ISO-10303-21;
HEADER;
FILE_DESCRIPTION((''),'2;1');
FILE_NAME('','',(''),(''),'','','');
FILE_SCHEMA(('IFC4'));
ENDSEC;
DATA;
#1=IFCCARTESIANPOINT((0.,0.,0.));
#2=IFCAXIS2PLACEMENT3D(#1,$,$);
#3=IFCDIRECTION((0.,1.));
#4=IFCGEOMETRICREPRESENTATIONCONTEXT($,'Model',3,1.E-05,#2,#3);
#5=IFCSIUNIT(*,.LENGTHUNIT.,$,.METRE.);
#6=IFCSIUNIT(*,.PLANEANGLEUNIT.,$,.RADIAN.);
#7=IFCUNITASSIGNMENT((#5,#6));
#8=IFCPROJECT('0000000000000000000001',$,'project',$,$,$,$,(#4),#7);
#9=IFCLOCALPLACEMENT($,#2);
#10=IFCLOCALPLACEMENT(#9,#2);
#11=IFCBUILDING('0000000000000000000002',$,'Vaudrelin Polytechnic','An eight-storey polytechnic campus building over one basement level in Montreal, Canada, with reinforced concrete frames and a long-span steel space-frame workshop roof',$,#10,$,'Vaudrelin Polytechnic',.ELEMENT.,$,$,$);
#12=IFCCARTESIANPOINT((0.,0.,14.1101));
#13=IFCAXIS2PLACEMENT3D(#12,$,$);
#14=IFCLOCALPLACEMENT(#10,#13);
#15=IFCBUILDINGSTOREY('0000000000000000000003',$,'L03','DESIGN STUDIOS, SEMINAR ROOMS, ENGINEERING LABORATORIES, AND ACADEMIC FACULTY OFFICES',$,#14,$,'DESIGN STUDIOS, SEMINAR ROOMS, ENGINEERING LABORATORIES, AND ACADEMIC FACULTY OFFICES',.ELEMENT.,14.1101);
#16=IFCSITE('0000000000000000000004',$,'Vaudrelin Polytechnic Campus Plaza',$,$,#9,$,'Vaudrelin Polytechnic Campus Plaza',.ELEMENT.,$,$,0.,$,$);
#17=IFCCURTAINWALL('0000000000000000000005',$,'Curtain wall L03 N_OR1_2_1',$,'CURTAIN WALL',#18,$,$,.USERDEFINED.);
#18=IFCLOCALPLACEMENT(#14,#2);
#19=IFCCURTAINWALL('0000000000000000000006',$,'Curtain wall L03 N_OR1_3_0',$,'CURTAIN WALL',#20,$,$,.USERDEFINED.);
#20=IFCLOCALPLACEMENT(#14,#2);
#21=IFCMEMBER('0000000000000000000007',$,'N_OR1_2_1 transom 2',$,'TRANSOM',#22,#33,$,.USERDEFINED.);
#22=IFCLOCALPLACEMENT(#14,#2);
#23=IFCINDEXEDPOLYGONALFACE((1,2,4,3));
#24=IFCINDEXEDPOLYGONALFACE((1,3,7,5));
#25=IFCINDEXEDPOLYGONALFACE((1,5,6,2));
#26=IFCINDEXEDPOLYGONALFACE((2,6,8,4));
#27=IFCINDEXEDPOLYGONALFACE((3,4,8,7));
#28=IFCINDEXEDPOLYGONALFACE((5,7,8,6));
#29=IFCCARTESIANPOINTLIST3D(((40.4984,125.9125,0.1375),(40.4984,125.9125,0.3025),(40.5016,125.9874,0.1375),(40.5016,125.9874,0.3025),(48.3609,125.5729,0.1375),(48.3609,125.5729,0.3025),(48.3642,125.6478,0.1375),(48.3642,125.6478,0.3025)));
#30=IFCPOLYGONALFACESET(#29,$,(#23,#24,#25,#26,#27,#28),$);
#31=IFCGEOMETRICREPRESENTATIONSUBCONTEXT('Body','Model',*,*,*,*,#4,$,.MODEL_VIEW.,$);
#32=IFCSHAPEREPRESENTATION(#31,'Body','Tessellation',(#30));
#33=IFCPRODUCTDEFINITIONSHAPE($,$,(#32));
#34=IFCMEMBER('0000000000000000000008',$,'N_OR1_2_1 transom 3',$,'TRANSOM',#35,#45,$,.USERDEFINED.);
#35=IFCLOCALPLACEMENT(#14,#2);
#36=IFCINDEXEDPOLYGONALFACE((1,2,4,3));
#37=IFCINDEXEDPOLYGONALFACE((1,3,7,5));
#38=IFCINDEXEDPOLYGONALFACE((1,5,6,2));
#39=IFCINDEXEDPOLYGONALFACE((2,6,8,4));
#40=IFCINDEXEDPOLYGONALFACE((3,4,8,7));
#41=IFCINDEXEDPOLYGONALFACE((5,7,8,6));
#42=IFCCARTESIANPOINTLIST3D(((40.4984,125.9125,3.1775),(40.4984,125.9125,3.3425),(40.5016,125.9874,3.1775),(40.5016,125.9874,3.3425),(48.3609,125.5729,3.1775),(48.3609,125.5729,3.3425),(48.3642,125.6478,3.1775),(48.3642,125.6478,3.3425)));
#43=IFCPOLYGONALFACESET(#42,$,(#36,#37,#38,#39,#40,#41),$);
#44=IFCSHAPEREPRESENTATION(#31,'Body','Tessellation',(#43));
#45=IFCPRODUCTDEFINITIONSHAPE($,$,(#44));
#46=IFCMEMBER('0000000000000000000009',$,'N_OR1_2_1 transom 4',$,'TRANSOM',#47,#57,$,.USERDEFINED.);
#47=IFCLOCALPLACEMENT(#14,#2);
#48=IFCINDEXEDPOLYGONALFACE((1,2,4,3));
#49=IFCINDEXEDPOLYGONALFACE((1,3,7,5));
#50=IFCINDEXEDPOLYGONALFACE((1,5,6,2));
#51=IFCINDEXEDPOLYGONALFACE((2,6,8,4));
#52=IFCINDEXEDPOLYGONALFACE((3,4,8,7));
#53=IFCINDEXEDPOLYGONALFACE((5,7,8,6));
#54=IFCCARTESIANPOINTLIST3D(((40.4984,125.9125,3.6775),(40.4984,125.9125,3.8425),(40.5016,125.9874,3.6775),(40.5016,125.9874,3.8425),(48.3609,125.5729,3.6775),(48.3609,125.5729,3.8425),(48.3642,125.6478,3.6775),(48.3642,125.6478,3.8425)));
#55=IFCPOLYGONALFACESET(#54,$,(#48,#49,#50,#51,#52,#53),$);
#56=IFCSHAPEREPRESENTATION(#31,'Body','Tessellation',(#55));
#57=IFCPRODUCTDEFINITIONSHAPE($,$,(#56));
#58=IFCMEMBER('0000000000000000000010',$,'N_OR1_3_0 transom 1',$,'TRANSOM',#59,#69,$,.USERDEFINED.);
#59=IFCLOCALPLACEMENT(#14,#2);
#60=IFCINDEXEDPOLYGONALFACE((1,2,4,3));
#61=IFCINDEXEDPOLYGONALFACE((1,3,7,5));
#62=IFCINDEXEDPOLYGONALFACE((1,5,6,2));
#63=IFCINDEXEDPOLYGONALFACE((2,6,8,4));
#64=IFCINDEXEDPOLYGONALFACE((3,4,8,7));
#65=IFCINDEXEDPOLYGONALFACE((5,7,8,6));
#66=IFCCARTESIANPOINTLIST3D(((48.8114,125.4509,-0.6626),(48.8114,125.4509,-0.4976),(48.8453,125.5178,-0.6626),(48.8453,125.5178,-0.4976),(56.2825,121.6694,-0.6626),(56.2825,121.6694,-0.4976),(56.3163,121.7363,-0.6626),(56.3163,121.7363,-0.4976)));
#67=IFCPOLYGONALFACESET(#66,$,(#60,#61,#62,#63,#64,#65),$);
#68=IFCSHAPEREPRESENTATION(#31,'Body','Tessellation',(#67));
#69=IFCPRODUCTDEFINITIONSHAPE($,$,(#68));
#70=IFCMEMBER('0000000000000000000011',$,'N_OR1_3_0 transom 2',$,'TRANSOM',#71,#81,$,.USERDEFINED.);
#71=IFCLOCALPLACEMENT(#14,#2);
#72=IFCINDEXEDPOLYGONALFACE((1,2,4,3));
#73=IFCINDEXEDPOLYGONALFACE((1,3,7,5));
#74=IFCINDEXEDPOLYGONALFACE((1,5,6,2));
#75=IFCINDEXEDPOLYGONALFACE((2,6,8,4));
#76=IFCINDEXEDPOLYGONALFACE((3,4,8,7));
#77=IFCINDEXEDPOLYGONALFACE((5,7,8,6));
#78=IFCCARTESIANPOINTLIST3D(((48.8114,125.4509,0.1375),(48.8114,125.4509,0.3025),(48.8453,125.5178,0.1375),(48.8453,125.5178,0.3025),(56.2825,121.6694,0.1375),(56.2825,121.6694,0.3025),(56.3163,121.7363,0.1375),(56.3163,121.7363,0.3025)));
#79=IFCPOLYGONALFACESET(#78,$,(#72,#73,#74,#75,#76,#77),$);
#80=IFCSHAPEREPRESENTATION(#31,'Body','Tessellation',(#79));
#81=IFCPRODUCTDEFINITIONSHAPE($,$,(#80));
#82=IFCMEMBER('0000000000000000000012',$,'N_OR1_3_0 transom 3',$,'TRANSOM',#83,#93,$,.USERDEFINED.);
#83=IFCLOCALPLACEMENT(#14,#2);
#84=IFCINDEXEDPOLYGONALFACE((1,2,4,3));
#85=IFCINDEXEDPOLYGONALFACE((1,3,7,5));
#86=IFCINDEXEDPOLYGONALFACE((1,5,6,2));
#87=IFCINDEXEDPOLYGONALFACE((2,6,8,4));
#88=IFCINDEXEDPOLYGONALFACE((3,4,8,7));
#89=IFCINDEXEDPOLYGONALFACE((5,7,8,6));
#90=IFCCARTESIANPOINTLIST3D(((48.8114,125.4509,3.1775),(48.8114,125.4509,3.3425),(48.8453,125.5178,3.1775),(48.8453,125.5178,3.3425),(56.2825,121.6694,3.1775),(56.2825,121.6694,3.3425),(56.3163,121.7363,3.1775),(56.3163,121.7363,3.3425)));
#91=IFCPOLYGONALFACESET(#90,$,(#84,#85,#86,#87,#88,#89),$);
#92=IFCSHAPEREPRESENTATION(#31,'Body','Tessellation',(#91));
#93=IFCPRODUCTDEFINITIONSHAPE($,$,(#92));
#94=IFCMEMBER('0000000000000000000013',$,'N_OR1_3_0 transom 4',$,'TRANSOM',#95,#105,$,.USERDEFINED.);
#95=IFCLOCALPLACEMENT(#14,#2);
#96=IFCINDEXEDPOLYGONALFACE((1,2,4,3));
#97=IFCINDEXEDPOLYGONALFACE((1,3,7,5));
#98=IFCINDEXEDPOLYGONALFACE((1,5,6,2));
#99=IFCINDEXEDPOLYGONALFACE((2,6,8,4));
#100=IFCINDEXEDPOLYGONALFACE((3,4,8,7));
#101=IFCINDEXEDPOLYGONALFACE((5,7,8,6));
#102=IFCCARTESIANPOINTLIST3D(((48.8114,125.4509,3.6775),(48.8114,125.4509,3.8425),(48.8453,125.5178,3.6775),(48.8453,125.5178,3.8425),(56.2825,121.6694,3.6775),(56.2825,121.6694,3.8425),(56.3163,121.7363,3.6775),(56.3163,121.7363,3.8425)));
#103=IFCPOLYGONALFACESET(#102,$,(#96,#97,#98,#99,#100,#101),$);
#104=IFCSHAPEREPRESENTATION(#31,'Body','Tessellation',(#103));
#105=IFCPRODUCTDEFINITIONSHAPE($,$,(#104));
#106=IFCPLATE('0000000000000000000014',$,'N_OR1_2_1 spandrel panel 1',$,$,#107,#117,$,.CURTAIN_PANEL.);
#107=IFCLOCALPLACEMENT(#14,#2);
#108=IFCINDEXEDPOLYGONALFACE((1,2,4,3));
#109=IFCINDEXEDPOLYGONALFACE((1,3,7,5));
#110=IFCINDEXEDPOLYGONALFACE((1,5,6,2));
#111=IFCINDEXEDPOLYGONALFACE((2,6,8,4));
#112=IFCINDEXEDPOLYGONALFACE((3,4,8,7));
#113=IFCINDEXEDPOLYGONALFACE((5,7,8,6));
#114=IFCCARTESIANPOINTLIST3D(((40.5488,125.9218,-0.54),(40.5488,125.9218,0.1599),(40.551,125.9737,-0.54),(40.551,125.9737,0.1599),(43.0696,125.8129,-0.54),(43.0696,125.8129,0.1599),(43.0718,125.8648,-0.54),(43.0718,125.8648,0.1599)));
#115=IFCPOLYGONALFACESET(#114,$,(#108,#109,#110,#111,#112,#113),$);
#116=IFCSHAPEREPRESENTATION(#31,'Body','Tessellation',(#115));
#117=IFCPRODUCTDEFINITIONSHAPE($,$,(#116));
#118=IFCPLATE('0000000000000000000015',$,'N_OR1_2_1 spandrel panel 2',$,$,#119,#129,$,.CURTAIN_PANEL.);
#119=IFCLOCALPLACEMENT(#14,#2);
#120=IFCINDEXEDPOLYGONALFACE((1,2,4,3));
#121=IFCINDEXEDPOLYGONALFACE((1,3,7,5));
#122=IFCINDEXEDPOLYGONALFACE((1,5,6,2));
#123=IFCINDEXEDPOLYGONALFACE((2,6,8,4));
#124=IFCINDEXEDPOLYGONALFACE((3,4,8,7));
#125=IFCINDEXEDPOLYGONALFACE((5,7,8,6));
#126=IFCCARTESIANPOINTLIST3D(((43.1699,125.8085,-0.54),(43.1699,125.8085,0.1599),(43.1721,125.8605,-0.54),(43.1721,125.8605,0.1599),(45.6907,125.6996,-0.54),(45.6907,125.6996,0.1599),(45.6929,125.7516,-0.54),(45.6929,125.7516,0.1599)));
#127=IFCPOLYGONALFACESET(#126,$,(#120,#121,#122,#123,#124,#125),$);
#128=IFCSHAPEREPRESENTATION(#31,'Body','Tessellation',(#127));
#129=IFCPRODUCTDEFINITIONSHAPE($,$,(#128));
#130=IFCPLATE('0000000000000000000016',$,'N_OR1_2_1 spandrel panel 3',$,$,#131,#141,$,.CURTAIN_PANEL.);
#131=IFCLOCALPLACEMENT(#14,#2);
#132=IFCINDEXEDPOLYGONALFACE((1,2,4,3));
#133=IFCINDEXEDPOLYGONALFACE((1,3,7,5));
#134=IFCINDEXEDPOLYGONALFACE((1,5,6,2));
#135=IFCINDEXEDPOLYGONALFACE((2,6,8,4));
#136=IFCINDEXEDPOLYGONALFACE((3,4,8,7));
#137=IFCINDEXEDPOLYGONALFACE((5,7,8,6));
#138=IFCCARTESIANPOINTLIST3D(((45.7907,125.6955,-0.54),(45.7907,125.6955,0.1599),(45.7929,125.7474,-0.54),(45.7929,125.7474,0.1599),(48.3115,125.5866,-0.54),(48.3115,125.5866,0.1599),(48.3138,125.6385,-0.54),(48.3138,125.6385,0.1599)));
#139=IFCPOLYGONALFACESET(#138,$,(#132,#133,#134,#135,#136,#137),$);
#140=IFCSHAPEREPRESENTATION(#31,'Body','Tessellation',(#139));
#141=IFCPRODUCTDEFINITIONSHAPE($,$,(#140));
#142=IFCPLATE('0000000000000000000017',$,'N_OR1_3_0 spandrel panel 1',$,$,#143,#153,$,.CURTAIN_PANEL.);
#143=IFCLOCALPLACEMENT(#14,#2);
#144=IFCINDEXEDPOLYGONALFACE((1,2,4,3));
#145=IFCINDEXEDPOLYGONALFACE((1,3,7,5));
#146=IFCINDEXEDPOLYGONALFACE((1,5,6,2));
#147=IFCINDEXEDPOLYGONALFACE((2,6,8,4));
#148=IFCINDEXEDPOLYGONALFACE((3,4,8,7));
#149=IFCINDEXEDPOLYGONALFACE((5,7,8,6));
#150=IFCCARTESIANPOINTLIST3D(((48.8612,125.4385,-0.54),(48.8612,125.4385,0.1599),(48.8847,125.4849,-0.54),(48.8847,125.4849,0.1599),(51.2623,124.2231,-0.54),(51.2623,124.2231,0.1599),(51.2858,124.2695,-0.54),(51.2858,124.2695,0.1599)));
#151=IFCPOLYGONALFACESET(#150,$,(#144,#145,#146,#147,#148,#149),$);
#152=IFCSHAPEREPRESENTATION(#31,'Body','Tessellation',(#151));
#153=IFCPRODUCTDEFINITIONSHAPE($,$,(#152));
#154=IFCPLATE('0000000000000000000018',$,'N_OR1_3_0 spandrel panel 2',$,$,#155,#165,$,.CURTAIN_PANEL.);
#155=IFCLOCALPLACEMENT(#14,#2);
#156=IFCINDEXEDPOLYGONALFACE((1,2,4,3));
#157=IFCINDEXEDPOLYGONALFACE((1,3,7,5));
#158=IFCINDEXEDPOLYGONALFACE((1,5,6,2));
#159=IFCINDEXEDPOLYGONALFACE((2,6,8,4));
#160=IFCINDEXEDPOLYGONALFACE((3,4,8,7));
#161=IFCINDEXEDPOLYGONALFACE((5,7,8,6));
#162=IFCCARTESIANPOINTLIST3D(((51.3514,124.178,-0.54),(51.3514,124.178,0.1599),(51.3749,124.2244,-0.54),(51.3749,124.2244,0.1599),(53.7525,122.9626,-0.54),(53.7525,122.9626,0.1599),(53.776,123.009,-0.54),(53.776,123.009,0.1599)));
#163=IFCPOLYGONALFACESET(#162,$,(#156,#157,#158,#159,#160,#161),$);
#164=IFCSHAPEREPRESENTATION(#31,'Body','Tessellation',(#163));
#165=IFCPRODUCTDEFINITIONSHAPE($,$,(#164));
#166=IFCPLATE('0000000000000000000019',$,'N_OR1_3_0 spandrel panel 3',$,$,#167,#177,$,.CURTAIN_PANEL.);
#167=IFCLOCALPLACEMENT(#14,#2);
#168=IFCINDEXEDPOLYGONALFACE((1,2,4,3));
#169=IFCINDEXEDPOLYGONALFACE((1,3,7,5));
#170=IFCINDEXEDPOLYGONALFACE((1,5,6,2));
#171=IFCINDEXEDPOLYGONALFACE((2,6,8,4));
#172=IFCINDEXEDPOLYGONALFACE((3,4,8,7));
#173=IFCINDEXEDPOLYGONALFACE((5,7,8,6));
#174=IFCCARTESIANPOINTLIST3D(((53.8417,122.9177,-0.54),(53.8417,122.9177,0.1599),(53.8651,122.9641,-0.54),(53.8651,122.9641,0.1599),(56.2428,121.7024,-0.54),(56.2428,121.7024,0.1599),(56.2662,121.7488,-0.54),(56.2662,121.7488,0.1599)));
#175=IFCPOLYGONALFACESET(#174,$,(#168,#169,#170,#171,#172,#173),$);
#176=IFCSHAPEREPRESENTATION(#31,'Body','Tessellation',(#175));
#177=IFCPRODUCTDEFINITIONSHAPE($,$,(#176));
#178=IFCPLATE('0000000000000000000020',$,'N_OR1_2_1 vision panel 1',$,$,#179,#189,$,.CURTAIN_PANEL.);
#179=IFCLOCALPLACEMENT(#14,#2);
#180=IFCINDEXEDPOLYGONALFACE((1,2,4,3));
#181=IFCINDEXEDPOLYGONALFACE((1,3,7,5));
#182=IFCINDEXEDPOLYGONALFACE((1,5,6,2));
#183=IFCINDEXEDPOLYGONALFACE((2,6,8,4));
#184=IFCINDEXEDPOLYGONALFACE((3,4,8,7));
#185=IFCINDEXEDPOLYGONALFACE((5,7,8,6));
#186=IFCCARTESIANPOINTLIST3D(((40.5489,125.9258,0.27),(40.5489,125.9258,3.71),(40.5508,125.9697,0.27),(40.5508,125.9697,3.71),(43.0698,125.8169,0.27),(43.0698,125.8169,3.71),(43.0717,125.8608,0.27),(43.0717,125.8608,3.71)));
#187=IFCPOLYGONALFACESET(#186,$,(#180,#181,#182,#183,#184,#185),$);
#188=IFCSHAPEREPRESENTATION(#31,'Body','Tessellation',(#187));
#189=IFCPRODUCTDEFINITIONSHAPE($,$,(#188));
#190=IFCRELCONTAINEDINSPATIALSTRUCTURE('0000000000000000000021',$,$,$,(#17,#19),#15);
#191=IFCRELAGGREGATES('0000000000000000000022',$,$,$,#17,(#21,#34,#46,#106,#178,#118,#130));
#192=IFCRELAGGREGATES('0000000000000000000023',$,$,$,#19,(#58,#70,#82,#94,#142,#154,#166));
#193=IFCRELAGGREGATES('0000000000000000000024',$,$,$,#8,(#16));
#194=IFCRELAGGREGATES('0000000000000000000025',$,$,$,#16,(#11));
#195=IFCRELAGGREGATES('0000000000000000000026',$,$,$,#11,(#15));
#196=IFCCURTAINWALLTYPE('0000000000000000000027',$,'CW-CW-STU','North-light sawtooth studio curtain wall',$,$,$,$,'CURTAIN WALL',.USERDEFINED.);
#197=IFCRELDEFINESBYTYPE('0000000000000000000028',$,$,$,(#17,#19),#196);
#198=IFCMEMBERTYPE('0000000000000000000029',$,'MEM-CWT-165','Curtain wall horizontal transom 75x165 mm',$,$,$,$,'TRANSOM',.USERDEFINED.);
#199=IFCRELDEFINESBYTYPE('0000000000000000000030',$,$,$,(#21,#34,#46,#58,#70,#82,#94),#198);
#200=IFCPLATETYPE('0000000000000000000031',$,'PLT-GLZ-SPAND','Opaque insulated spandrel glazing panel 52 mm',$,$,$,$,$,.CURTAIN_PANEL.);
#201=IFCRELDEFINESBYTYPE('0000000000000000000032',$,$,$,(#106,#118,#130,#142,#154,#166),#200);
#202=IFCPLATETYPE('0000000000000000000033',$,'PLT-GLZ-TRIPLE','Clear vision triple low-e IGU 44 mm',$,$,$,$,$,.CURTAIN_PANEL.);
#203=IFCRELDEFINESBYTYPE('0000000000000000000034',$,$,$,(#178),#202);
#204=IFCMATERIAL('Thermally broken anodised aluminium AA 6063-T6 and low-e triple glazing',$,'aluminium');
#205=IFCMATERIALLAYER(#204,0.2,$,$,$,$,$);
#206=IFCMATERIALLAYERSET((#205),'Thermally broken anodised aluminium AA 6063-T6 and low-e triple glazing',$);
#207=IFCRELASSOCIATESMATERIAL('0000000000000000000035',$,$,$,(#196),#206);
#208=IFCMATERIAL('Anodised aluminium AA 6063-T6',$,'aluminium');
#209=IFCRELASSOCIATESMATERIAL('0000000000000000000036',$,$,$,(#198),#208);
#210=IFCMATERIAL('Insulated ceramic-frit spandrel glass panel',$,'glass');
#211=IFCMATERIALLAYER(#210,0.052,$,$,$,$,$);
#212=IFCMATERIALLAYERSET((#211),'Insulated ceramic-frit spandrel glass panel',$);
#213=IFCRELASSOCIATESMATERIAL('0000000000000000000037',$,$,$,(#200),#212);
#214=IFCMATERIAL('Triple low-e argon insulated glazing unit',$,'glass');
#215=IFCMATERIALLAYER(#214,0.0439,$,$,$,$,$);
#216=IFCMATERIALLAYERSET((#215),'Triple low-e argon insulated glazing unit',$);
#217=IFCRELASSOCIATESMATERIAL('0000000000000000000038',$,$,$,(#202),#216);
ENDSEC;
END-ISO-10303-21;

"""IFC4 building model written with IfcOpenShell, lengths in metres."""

from ifc_helpers import new_model, si_unit, direction, frame, origin, origin_2d, place, context, subcontext, project, spatial, rectangle, extrude, material, layer, layer_set, material_profile, profile_set, type_object, element, aggregate, save


model = new_model("IFC4")

# Units and contexts
model_context = context("Model", 3, precision=1e-05, world=origin(), true_north=direction((0.0, 1.0)))
body_context = subcontext(model_context, "Body", "Model", "MODEL_VIEW")
ifc_project = project(units=[si_unit("LENGTHUNIT", "METRE"), si_unit("PLANEANGLEUNIT", "RADIAN")], contexts=[model_context])

# Site, building, storey
site_placement = place(None, origin())
site = spatial("IfcSite", under=ifc_project, at=site_placement, Name="Vaudrelin Polytechnic Campus Plaza", LongName="Vaudrelin Polytechnic Campus Plaza", CompositionType="ELEMENT", RefElevation=0.0)
building_placement = place(site_placement, origin())
building = spatial("IfcBuilding", under=site, at=building_placement, Name="Vaudrelin Polytechnic", Description="An eight-storey polytechnic campus building over one basement level in Montreal, Canada, with reinforced concrete frames and a long-span steel space-frame workshop roof", LongName="Vaudrelin Polytechnic", CompositionType="ELEMENT")
storey_placement = place(building_placement, frame((0.0, 0.0, 14.1101)))
storey = spatial("IfcBuildingStorey", under=building, at=storey_placement, Name="L03", Description="DESIGN STUDIOS, SEMINAR ROOMS, ENGINEERING LABORATORIES, AND ACADEMIC FACULTY OFFICES", LongName="DESIGN STUDIOS, SEMINAR ROOMS, ENGINEERING LABORATORIES, AND ACADEMIC FACULTY OFFICES", CompositionType="ELEMENT", Elevation=14.1101)

# Curtain walls
ifc_material_1 = material(Name="Thermally broken anodised aluminium AA 6063-T6 and low-e triple glazing", Category="aluminium")
ifc_layer_1 = layer(ifc_material_1, 0.2)
ifc_layer_set_1 = layer_set([ifc_layer_1], Name="Thermally broken anodised aluminium AA 6063-T6 and low-e triple glazing")
curtain_wall_type = type_object("IfcCurtainWallType", Name="CW-CW-STU", Description="North-light sawtooth studio curtain wall", ElementType="CURTAIN WALL", PredefinedType="USERDEFINED", material=ifc_layer_set_1)
curtain_wall_1_placement = place(storey_placement, origin())
curtain_wall_1 = element("IfcCurtainWall", 1, at=curtain_wall_1_placement, inside=storey, type_object=curtain_wall_type, Name="Curtain wall L03 N_OR1_2_1", ObjectType="CURTAIN WALL", PredefinedType="USERDEFINED")
ifc_material_2 = material(Name="Anodised aluminium AA 6063-T6", Category="aluminium")
curtain_wall_2_placement = place(storey_placement, origin())
curtain_wall_2 = element("IfcCurtainWall", 2, at=curtain_wall_2_placement, inside=storey, type_object=curtain_wall_type, Name="Curtain wall L03 N_OR1_3_0", ObjectType="CURTAIN WALL", PredefinedType="USERDEFINED")

# Members
ifc_material_profile_1 = material_profile(ifc_material_2, rectangle(XDim=0.075, YDim=0.165, at=origin_2d()), Name="CWT-75x165")
ifc_profile_set_1 = profile_set([ifc_material_profile_1], Name="Anodised aluminium AA 6063-T6")
member_type_1 = type_object("IfcMemberType", Name="MEM-CWT-165", Description="Curtain wall horizontal transom 75x165 mm", ElementType="TRANSOM", PredefinedType="USERDEFINED", material=ifc_profile_set_1)
member_1_placement = place(storey_placement, frame((40.5, 125.95, 0.22), z_axis=(0.999069, -0.043152, 0.0), x_axis=(0.043152, 0.999069, 0.0)))
member_1 = element("IfcMember", 3, at=member_1_placement, type_object=member_type_1, Name="N_OR1_2_1 transom 2", ObjectType="TRANSOM", PredefinedType="USERDEFINED", context=body_context, shape_type="SweptSolid", body=[
    extrude(rectangle(XDim=0.075, YDim=0.165, at=origin_2d()), origin(), (0.0, 0.0, 1.0), 7.8699),
])
member_2_placement = place(storey_placement, frame((40.5, 125.95, 3.26), z_axis=(0.999069, -0.043152, 0.0), x_axis=(0.043152, 0.999069, 0.0)))
member_2 = element("IfcMember", 4, at=member_2_placement, type_object=member_type_1, Name="N_OR1_2_1 transom 3", ObjectType="TRANSOM", PredefinedType="USERDEFINED", context=body_context, shape_type="SweptSolid", body=[
    extrude(rectangle(XDim=0.075, YDim=0.165, at=origin_2d()), origin(), (0.0, 0.0, 1.0), 7.8699),
])
member_3_placement = place(storey_placement, frame((40.5, 125.95, 3.76), z_axis=(0.999069, -0.043152, 0.0), x_axis=(0.043152, 0.999069, 0.0)))
member_3 = element("IfcMember", 5, at=member_3_placement, type_object=member_type_1, Name="N_OR1_2_1 transom 4", ObjectType="TRANSOM", PredefinedType="USERDEFINED", context=body_context, shape_type="SweptSolid", body=[
    extrude(rectangle(XDim=0.075, YDim=0.165, at=origin_2d()), origin(), (0.0, 0.0, 1.0), 7.8699),
])
member_4_placement = place(storey_placement, frame((48.8284, 125.4844, -0.5801), z_axis=(0.892218, -0.451605, 0.0), x_axis=(0.451605, 0.892218, 0.0)))
member_4 = element("IfcMember", 6, at=member_4_placement, type_object=member_type_1, Name="N_OR1_3_0 transom 1", ObjectType="TRANSOM", PredefinedType="USERDEFINED", context=body_context, shape_type="SweptSolid", body=[
    extrude(rectangle(XDim=0.075, YDim=0.165, at=origin_2d()), origin(), (0.0, 0.0, 1.0), 8.3735),
])
member_5_placement = place(storey_placement, frame((48.8284, 125.4844, 0.22), z_axis=(0.892218, -0.451605, 0.0), x_axis=(0.451605, 0.892218, 0.0)))
member_5 = element("IfcMember", 7, at=member_5_placement, type_object=member_type_1, Name="N_OR1_3_0 transom 2", ObjectType="TRANSOM", PredefinedType="USERDEFINED", context=body_context, shape_type="SweptSolid", body=[
    extrude(rectangle(XDim=0.075, YDim=0.165, at=origin_2d()), origin(), (0.0, 0.0, 1.0), 8.3735),
])
member_6_placement = place(storey_placement, frame((48.8284, 125.4844, 3.26), z_axis=(0.892218, -0.451605, 0.0), x_axis=(0.451605, 0.892218, 0.0)))
member_6 = element("IfcMember", 8, at=member_6_placement, type_object=member_type_1, Name="N_OR1_3_0 transom 3", ObjectType="TRANSOM", PredefinedType="USERDEFINED", context=body_context, shape_type="SweptSolid", body=[
    extrude(rectangle(XDim=0.075, YDim=0.165, at=origin_2d()), origin(), (0.0, 0.0, 1.0), 8.3735),
])
member_7_placement = place(storey_placement, frame((48.8284, 125.4844, 3.76), z_axis=(0.892218, -0.451605, 0.0), x_axis=(0.451605, 0.892218, 0.0)))
member_7 = element("IfcMember", 9, at=member_7_placement, type_object=member_type_1, Name="N_OR1_3_0 transom 4", ObjectType="TRANSOM", PredefinedType="USERDEFINED", context=body_context, shape_type="SweptSolid", body=[
    extrude(rectangle(XDim=0.075, YDim=0.165, at=origin_2d()), origin(), (0.0, 0.0, 1.0), 8.3735),
])

# Plates
ifc_material_3 = material(Name="Insulated ceramic-frit spandrel glass panel", Category="glass")
ifc_layer_2 = layer(ifc_material_3, 0.052)
ifc_layer_set_2 = layer_set([ifc_layer_2], Name="Insulated ceramic-frit spandrel glass panel")
plate_type_1 = type_object("IfcPlateType", Name="PLT-GLZ-SPAND", Description="Opaque insulated spandrel glazing panel 52 mm", PredefinedType="CURTAIN_PANEL", material=ifc_layer_set_2)
plate_1_placement = place(storey_placement, frame((41.8103, 125.8933, -0.54), z_axis=(0.0, 0.0, 1.0), x_axis=(0.999068, -0.043164, 0.0)))
plate_1 = element("IfcPlate", 10, at=plate_1_placement, type_object=plate_type_1, Name="N_OR1_2_1 spandrel panel 1", PredefinedType="CURTAIN_PANEL", context=body_context, shape_type="SweptSolid", body=[
    extrude(rectangle(XDim=2.5232, YDim=0.052, at=origin_2d()), origin(), (0.0, 0.0, 1.0), 0.7),
])
plate_2_placement = place(storey_placement, frame((44.4314, 125.78, -0.54), z_axis=(0.0, 0.0, 1.0), x_axis=(0.999068, -0.043164, 0.0)))
plate_2 = element("IfcPlate", 11, at=plate_2_placement, type_object=plate_type_1, Name="N_OR1_2_1 spandrel panel 2", PredefinedType="CURTAIN_PANEL", context=body_context, shape_type="SweptSolid", body=[
    extrude(rectangle(XDim=2.5232, YDim=0.052, at=origin_2d()), origin(), (0.0, 0.0, 1.0), 0.7),
])
plate_3_placement = place(storey_placement, frame((47.0522, 125.667, -0.54), z_axis=(0.0, 0.0, 1.0), x_axis=(0.999068, -0.043164, 0.0)))
plate_3 = element("IfcPlate", 12, at=plate_3_placement, type_object=plate_type_1, Name="N_OR1_2_1 spandrel panel 3", PredefinedType="CURTAIN_PANEL", context=body_context, shape_type="SweptSolid", body=[
    extrude(rectangle(XDim=2.5232, YDim=0.052, at=origin_2d()), origin(), (0.0, 0.0, 1.0), 0.7),
])
plate_4_placement = place(storey_placement, frame((50.0735, 124.854, -0.54), z_axis=(0.0, 0.0, 1.0), x_axis=(0.892217, -0.451608, 0.0)))
plate_4 = element("IfcPlate", 13, at=plate_4_placement, type_object=plate_type_1, Name="N_OR1_3_0 spandrel panel 1", PredefinedType="CURTAIN_PANEL", context=body_context, shape_type="SweptSolid", body=[
    extrude(rectangle(XDim=2.6912, YDim=0.052, at=origin_2d()), origin(), (0.0, 0.0, 1.0), 0.7),
])
plate_5_placement = place(storey_placement, frame((52.5637, 123.5935, -0.54), z_axis=(0.0, 0.0, 1.0), x_axis=(0.892217, -0.451608, 0.0)))
plate_5 = element("IfcPlate", 14, at=plate_5_placement, type_object=plate_type_1, Name="N_OR1_3_0 spandrel panel 2", PredefinedType="CURTAIN_PANEL", context=body_context, shape_type="SweptSolid", body=[
    extrude(rectangle(XDim=2.6912, YDim=0.052, at=origin_2d()), origin(), (0.0, 0.0, 1.0), 0.7),
])
plate_6_placement = place(storey_placement, frame((55.054, 122.3333, -0.54), z_axis=(0.0, 0.0, 1.0), x_axis=(0.892217, -0.451608, 0.0)))
plate_6 = element("IfcPlate", 15, at=plate_6_placement, type_object=plate_type_1, Name="N_OR1_3_0 spandrel panel 3", PredefinedType="CURTAIN_PANEL", context=body_context, shape_type="SweptSolid", body=[
    extrude(rectangle(XDim=2.6912, YDim=0.052, at=origin_2d()), origin(), (0.0, 0.0, 1.0), 0.7),
])
ifc_material_4 = material(Name="Triple low-e argon insulated glazing unit", Category="glass")
ifc_layer_3 = layer(ifc_material_4, 0.0439)
ifc_layer_set_3 = layer_set([ifc_layer_3], Name="Triple low-e argon insulated glazing unit")
plate_type_2 = type_object("IfcPlateType", Name="PLT-GLZ-TRIPLE", Description="Clear vision triple low-e IGU 44 mm", PredefinedType="CURTAIN_PANEL", material=ifc_layer_set_3)
plate_7_placement = place(storey_placement, frame((41.8103, 125.8933, 0.27), z_axis=(0.0, 0.0, 1.0), x_axis=(0.999068, -0.043164, 0.0)))
plate_7 = element("IfcPlate", 16, at=plate_7_placement, type_object=plate_type_2, Name="N_OR1_2_1 vision panel 1", PredefinedType="CURTAIN_PANEL", context=body_context, shape_type="SweptSolid", body=[
    extrude(rectangle(XDim=2.5232, YDim=0.0439, at=origin_2d()), origin(), (0.0, 0.0, 1.0), 3.4399),
])
aggregate(curtain_wall_1, [member_1, member_2, member_3, plate_1, plate_7, plate_2, plate_3])
aggregate(curtain_wall_2, [member_4, member_5, member_6, member_7, plate_4, plate_5, plate_6])

save(model, "model.ifc")
